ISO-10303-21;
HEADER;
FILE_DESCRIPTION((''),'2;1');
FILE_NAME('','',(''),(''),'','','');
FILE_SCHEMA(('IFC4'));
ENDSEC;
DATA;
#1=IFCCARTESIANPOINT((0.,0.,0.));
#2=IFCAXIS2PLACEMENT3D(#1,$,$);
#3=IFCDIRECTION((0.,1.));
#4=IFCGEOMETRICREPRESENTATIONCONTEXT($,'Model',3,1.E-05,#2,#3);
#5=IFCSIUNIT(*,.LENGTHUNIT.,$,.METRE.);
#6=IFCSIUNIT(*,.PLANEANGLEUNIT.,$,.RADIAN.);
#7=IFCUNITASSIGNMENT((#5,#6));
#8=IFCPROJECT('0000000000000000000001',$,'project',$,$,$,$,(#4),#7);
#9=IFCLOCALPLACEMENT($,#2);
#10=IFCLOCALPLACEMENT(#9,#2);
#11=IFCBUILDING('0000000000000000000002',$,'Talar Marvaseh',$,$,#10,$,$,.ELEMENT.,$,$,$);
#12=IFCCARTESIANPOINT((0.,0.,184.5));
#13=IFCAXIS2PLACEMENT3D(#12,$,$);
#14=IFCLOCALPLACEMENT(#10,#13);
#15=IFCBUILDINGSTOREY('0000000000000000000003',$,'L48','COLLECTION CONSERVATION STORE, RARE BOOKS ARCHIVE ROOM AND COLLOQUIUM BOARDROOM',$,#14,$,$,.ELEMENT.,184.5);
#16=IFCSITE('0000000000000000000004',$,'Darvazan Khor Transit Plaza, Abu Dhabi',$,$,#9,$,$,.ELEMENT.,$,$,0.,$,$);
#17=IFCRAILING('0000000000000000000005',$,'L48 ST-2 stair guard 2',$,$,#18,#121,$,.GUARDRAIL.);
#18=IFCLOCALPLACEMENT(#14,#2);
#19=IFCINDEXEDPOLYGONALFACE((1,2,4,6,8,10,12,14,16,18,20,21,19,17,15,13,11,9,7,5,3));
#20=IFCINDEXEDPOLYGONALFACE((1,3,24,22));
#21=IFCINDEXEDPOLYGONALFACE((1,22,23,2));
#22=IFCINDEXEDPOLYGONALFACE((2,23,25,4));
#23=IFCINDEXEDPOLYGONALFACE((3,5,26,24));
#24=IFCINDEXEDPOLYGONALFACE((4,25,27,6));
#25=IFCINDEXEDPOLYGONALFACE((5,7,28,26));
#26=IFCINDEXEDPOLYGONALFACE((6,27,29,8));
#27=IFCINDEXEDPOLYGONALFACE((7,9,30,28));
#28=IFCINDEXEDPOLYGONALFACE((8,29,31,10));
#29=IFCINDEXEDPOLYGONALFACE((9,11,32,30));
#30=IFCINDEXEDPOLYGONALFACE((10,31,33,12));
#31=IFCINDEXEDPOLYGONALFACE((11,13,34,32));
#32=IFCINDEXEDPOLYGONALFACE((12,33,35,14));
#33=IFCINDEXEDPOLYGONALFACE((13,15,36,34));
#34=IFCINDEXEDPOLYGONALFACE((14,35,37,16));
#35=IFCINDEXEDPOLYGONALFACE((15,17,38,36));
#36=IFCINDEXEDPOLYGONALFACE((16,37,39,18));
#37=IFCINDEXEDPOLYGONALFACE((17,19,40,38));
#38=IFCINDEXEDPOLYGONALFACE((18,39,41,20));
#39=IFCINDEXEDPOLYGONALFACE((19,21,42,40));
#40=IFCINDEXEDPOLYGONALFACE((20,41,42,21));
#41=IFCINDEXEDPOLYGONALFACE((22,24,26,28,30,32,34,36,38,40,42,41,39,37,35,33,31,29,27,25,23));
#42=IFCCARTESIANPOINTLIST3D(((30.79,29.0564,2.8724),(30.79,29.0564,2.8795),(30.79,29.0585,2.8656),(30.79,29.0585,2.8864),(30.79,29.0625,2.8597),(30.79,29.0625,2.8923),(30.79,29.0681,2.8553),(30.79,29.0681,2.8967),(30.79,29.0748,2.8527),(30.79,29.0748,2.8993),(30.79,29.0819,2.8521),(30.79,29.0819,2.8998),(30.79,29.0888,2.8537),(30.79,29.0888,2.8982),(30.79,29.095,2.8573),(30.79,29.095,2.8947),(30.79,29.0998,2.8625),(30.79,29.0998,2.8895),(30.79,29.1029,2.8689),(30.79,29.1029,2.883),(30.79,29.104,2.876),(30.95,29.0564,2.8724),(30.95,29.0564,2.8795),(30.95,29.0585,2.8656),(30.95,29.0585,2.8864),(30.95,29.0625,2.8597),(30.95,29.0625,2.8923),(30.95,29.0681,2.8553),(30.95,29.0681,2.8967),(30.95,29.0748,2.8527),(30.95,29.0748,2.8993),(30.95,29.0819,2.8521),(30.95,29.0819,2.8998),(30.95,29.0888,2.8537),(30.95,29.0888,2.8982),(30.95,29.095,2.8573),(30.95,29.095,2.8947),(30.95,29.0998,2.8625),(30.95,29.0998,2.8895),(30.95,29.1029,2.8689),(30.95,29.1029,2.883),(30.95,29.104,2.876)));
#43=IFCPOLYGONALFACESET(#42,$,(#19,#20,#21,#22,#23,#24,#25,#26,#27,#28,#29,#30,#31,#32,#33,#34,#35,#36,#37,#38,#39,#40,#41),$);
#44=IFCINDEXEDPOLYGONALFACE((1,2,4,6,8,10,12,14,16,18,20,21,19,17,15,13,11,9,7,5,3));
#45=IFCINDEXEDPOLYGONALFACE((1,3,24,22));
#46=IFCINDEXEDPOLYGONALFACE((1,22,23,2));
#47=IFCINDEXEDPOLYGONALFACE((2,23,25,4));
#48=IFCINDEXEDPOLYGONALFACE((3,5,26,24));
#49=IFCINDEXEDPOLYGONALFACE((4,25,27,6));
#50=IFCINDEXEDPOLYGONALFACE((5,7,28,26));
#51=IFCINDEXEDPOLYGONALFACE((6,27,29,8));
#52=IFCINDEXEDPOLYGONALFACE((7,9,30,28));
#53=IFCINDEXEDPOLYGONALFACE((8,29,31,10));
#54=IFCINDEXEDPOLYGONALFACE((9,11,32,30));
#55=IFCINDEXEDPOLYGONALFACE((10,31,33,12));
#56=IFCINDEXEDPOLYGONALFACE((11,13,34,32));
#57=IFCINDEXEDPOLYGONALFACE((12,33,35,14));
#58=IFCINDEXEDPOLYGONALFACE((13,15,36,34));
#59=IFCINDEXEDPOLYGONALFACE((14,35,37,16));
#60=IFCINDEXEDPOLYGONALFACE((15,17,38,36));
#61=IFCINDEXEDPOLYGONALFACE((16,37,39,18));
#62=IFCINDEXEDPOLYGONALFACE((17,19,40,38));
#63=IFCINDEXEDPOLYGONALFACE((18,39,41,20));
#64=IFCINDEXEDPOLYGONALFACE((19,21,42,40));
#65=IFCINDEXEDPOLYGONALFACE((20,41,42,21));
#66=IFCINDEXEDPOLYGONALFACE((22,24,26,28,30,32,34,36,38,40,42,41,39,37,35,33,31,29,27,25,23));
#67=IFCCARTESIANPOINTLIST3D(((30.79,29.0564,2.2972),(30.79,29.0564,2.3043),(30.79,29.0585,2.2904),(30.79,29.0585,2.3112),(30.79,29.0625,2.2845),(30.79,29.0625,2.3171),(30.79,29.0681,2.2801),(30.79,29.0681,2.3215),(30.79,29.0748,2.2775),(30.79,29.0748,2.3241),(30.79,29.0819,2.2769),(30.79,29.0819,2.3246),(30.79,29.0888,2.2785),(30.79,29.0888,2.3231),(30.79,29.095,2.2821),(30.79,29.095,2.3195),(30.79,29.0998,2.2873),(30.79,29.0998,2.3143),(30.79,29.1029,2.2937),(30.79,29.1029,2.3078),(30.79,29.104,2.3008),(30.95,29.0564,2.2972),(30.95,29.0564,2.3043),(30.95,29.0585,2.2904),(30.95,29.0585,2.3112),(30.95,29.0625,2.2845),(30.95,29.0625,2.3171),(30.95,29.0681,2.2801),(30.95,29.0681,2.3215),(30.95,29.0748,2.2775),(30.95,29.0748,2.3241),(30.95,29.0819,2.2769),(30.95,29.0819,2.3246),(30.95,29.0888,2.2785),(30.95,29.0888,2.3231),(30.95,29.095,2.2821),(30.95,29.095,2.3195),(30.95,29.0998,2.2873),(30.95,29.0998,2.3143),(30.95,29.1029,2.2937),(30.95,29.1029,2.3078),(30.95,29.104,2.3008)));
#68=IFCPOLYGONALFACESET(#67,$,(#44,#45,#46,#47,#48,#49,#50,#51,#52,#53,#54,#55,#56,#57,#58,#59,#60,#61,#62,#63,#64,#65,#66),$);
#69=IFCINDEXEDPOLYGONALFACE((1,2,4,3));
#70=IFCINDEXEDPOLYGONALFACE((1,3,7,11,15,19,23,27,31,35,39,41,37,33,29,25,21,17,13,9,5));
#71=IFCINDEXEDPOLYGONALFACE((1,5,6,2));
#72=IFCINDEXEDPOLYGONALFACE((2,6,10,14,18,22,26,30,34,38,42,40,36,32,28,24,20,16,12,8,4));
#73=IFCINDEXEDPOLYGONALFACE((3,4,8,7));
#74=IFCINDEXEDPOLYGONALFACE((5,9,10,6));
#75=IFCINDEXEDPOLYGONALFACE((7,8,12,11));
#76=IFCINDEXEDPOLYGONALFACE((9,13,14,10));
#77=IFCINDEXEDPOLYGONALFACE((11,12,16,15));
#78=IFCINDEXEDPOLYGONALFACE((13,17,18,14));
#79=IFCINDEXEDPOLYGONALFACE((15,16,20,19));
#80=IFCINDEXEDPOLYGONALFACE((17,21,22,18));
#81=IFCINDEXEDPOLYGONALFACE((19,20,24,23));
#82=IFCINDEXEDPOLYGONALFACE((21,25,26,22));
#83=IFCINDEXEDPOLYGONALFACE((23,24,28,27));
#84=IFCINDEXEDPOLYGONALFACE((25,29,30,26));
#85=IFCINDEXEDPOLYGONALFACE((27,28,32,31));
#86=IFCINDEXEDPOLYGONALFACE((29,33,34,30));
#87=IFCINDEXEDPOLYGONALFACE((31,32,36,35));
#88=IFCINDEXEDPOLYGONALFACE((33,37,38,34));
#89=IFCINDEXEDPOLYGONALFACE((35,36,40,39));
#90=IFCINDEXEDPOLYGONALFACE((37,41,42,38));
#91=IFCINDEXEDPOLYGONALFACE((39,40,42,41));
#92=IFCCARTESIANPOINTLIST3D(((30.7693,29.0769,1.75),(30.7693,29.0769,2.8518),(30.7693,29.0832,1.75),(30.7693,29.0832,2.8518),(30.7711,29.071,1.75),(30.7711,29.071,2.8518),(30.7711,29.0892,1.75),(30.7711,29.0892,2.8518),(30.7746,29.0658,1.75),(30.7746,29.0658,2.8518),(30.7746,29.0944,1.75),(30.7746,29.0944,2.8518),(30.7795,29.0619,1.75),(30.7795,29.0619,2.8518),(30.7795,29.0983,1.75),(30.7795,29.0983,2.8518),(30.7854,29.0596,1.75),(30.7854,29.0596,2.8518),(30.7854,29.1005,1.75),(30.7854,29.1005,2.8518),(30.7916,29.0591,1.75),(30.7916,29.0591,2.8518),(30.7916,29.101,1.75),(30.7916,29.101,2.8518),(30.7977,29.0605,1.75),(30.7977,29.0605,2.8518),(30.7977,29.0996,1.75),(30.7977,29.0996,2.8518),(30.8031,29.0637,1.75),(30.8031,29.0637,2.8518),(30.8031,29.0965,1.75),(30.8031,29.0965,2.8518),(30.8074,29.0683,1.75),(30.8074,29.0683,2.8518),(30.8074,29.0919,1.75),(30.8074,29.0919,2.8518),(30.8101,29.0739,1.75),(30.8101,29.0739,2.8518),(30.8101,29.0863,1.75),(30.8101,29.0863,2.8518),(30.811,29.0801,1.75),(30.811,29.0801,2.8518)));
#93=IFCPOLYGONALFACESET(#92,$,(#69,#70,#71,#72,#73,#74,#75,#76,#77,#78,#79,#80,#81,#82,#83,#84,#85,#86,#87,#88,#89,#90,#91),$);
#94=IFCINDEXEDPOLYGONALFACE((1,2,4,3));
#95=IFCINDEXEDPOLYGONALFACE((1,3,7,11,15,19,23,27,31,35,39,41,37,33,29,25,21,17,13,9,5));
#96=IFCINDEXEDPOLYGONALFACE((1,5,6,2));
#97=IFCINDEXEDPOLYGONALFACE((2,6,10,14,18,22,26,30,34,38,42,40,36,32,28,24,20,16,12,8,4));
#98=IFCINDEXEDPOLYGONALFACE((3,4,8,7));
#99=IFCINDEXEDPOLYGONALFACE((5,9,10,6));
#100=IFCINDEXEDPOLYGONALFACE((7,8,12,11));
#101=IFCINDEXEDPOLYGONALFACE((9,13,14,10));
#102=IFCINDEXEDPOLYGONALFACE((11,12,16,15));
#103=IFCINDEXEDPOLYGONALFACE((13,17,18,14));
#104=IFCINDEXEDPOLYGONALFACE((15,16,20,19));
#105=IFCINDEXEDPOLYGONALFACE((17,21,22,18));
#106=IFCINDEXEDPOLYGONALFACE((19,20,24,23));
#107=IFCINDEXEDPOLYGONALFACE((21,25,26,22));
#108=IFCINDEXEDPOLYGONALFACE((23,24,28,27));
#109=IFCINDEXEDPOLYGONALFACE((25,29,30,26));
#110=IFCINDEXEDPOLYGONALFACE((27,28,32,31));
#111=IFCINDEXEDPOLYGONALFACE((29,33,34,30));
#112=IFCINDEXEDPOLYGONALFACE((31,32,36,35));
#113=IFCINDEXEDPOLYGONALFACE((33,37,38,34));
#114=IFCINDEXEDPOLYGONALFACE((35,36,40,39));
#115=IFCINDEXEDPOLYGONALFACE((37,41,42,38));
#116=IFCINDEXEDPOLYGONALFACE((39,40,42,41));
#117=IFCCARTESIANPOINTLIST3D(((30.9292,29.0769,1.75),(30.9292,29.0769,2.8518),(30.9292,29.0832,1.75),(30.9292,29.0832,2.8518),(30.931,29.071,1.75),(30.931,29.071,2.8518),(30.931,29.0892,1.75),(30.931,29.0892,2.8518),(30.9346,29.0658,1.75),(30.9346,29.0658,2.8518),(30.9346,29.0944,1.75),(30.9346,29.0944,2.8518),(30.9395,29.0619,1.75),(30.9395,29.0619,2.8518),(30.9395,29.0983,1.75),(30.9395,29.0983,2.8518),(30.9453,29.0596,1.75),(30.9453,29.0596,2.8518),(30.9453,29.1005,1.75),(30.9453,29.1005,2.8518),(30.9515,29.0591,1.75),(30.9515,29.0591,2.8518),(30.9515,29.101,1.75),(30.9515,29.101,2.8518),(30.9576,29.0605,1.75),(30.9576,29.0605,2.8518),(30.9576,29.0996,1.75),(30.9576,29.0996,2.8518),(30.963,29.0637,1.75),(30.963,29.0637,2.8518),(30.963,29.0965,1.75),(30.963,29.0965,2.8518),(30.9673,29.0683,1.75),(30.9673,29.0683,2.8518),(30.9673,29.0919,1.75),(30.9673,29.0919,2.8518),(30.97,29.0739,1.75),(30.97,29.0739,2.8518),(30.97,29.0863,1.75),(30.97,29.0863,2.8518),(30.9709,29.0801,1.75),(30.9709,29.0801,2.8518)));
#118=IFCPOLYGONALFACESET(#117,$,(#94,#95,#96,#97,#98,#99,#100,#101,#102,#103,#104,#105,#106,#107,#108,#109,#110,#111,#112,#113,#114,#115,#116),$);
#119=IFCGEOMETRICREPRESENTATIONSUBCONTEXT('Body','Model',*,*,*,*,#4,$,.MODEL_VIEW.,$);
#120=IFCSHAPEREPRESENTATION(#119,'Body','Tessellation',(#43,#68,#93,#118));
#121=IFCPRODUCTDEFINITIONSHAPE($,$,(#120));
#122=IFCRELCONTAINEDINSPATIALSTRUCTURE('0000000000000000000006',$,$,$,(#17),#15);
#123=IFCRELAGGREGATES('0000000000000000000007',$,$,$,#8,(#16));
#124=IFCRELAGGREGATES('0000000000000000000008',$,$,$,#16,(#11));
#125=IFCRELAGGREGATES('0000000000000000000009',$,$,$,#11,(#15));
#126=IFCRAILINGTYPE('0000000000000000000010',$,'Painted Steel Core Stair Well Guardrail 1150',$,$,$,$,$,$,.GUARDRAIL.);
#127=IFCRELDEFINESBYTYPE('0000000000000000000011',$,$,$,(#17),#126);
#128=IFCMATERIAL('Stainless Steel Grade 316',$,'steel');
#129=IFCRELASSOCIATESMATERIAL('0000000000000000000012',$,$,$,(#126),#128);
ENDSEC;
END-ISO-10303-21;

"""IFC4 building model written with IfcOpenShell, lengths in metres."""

from ifc_helpers import new_model, si_unit, direction, frame, origin, origin_2d, place, context, subcontext, project, spatial, circle, extrude, material, type_object, element, save


model = new_model("IFC4")

# Units and contexts
model_context = context("Model", 3, precision=1e-05, world=origin(), true_north=direction((0.0, 1.0)))
body_context = subcontext(model_context, "Body", "Model", "MODEL_VIEW")
ifc_project = project(units=[si_unit("LENGTHUNIT", "METRE"), si_unit("PLANEANGLEUNIT", "RADIAN")], contexts=[model_context])

# Site, building, storey
site_placement = place(None, origin())
site = spatial("IfcSite", under=ifc_project, at=site_placement, Name="Darvazan Khor Transit Plaza, Abu Dhabi", CompositionType="ELEMENT", RefElevation=0.0)
building_placement = place(site_placement, origin())
building = spatial("IfcBuilding", under=site, at=building_placement, Name="Talar Marvaseh", CompositionType="ELEMENT")
storey_placement = place(building_placement, frame((0.0, 0.0, 184.5)))
storey = spatial("IfcBuildingStorey", under=building, at=storey_placement, Name="L48", Description="COLLECTION CONSERVATION STORE, RARE BOOKS ARCHIVE ROOM AND COLLOQUIUM BOARDROOM", CompositionType="ELEMENT", Elevation=184.5)

# Shared definitions
ifc_material_1 = material(Name="Stainless Steel Grade 316", Category="steel")

# Railing
railing_type_1 = type_object("IfcRailingType", Name="Painted Steel Core Stair Well Guardrail 1150", PredefinedType="GUARDRAIL", material=ifc_material_1)
railing_1_placement = place(storey_placement, frame((30.79, 29.0801, 1.75)))
element("IfcRailing", 1, at=railing_1_placement, inside=storey, type_object=railing_type_1, Name="L48 ST-2 stair guard 2", PredefinedType="GUARDRAIL", context=body_context, shape_type="SweptSolid", body=[
    extrude(circle(Radius=0.0239, at=origin_2d()), frame((0.0, 0.0, 1.126), z_axis=(1.0, 0.0, 0.0), x_axis=(0.0, 1.0, 0.0)), (0.0, 0.0, 1.0), 0.1599),
    extrude(circle(Radius=0.0239, at=origin_2d()), frame((0.0, 0.0, 0.5508), z_axis=(1.0, 0.0, 0.0), x_axis=(0.0, 1.0, 0.0)), (0.0, 0.0, 1.0), 0.1599),
    extrude(circle(Radius=0.021, at=origin_2d()), origin(), (0.0, 0.0, 1.0), 1.1018),
    extrude(circle(Radius=0.021, at=origin_2d()), frame((0.1599, 0.0, 0.0)), (0.0, 0.0, 1.0), 1.1018),
])

save(model, "model.ifc")
